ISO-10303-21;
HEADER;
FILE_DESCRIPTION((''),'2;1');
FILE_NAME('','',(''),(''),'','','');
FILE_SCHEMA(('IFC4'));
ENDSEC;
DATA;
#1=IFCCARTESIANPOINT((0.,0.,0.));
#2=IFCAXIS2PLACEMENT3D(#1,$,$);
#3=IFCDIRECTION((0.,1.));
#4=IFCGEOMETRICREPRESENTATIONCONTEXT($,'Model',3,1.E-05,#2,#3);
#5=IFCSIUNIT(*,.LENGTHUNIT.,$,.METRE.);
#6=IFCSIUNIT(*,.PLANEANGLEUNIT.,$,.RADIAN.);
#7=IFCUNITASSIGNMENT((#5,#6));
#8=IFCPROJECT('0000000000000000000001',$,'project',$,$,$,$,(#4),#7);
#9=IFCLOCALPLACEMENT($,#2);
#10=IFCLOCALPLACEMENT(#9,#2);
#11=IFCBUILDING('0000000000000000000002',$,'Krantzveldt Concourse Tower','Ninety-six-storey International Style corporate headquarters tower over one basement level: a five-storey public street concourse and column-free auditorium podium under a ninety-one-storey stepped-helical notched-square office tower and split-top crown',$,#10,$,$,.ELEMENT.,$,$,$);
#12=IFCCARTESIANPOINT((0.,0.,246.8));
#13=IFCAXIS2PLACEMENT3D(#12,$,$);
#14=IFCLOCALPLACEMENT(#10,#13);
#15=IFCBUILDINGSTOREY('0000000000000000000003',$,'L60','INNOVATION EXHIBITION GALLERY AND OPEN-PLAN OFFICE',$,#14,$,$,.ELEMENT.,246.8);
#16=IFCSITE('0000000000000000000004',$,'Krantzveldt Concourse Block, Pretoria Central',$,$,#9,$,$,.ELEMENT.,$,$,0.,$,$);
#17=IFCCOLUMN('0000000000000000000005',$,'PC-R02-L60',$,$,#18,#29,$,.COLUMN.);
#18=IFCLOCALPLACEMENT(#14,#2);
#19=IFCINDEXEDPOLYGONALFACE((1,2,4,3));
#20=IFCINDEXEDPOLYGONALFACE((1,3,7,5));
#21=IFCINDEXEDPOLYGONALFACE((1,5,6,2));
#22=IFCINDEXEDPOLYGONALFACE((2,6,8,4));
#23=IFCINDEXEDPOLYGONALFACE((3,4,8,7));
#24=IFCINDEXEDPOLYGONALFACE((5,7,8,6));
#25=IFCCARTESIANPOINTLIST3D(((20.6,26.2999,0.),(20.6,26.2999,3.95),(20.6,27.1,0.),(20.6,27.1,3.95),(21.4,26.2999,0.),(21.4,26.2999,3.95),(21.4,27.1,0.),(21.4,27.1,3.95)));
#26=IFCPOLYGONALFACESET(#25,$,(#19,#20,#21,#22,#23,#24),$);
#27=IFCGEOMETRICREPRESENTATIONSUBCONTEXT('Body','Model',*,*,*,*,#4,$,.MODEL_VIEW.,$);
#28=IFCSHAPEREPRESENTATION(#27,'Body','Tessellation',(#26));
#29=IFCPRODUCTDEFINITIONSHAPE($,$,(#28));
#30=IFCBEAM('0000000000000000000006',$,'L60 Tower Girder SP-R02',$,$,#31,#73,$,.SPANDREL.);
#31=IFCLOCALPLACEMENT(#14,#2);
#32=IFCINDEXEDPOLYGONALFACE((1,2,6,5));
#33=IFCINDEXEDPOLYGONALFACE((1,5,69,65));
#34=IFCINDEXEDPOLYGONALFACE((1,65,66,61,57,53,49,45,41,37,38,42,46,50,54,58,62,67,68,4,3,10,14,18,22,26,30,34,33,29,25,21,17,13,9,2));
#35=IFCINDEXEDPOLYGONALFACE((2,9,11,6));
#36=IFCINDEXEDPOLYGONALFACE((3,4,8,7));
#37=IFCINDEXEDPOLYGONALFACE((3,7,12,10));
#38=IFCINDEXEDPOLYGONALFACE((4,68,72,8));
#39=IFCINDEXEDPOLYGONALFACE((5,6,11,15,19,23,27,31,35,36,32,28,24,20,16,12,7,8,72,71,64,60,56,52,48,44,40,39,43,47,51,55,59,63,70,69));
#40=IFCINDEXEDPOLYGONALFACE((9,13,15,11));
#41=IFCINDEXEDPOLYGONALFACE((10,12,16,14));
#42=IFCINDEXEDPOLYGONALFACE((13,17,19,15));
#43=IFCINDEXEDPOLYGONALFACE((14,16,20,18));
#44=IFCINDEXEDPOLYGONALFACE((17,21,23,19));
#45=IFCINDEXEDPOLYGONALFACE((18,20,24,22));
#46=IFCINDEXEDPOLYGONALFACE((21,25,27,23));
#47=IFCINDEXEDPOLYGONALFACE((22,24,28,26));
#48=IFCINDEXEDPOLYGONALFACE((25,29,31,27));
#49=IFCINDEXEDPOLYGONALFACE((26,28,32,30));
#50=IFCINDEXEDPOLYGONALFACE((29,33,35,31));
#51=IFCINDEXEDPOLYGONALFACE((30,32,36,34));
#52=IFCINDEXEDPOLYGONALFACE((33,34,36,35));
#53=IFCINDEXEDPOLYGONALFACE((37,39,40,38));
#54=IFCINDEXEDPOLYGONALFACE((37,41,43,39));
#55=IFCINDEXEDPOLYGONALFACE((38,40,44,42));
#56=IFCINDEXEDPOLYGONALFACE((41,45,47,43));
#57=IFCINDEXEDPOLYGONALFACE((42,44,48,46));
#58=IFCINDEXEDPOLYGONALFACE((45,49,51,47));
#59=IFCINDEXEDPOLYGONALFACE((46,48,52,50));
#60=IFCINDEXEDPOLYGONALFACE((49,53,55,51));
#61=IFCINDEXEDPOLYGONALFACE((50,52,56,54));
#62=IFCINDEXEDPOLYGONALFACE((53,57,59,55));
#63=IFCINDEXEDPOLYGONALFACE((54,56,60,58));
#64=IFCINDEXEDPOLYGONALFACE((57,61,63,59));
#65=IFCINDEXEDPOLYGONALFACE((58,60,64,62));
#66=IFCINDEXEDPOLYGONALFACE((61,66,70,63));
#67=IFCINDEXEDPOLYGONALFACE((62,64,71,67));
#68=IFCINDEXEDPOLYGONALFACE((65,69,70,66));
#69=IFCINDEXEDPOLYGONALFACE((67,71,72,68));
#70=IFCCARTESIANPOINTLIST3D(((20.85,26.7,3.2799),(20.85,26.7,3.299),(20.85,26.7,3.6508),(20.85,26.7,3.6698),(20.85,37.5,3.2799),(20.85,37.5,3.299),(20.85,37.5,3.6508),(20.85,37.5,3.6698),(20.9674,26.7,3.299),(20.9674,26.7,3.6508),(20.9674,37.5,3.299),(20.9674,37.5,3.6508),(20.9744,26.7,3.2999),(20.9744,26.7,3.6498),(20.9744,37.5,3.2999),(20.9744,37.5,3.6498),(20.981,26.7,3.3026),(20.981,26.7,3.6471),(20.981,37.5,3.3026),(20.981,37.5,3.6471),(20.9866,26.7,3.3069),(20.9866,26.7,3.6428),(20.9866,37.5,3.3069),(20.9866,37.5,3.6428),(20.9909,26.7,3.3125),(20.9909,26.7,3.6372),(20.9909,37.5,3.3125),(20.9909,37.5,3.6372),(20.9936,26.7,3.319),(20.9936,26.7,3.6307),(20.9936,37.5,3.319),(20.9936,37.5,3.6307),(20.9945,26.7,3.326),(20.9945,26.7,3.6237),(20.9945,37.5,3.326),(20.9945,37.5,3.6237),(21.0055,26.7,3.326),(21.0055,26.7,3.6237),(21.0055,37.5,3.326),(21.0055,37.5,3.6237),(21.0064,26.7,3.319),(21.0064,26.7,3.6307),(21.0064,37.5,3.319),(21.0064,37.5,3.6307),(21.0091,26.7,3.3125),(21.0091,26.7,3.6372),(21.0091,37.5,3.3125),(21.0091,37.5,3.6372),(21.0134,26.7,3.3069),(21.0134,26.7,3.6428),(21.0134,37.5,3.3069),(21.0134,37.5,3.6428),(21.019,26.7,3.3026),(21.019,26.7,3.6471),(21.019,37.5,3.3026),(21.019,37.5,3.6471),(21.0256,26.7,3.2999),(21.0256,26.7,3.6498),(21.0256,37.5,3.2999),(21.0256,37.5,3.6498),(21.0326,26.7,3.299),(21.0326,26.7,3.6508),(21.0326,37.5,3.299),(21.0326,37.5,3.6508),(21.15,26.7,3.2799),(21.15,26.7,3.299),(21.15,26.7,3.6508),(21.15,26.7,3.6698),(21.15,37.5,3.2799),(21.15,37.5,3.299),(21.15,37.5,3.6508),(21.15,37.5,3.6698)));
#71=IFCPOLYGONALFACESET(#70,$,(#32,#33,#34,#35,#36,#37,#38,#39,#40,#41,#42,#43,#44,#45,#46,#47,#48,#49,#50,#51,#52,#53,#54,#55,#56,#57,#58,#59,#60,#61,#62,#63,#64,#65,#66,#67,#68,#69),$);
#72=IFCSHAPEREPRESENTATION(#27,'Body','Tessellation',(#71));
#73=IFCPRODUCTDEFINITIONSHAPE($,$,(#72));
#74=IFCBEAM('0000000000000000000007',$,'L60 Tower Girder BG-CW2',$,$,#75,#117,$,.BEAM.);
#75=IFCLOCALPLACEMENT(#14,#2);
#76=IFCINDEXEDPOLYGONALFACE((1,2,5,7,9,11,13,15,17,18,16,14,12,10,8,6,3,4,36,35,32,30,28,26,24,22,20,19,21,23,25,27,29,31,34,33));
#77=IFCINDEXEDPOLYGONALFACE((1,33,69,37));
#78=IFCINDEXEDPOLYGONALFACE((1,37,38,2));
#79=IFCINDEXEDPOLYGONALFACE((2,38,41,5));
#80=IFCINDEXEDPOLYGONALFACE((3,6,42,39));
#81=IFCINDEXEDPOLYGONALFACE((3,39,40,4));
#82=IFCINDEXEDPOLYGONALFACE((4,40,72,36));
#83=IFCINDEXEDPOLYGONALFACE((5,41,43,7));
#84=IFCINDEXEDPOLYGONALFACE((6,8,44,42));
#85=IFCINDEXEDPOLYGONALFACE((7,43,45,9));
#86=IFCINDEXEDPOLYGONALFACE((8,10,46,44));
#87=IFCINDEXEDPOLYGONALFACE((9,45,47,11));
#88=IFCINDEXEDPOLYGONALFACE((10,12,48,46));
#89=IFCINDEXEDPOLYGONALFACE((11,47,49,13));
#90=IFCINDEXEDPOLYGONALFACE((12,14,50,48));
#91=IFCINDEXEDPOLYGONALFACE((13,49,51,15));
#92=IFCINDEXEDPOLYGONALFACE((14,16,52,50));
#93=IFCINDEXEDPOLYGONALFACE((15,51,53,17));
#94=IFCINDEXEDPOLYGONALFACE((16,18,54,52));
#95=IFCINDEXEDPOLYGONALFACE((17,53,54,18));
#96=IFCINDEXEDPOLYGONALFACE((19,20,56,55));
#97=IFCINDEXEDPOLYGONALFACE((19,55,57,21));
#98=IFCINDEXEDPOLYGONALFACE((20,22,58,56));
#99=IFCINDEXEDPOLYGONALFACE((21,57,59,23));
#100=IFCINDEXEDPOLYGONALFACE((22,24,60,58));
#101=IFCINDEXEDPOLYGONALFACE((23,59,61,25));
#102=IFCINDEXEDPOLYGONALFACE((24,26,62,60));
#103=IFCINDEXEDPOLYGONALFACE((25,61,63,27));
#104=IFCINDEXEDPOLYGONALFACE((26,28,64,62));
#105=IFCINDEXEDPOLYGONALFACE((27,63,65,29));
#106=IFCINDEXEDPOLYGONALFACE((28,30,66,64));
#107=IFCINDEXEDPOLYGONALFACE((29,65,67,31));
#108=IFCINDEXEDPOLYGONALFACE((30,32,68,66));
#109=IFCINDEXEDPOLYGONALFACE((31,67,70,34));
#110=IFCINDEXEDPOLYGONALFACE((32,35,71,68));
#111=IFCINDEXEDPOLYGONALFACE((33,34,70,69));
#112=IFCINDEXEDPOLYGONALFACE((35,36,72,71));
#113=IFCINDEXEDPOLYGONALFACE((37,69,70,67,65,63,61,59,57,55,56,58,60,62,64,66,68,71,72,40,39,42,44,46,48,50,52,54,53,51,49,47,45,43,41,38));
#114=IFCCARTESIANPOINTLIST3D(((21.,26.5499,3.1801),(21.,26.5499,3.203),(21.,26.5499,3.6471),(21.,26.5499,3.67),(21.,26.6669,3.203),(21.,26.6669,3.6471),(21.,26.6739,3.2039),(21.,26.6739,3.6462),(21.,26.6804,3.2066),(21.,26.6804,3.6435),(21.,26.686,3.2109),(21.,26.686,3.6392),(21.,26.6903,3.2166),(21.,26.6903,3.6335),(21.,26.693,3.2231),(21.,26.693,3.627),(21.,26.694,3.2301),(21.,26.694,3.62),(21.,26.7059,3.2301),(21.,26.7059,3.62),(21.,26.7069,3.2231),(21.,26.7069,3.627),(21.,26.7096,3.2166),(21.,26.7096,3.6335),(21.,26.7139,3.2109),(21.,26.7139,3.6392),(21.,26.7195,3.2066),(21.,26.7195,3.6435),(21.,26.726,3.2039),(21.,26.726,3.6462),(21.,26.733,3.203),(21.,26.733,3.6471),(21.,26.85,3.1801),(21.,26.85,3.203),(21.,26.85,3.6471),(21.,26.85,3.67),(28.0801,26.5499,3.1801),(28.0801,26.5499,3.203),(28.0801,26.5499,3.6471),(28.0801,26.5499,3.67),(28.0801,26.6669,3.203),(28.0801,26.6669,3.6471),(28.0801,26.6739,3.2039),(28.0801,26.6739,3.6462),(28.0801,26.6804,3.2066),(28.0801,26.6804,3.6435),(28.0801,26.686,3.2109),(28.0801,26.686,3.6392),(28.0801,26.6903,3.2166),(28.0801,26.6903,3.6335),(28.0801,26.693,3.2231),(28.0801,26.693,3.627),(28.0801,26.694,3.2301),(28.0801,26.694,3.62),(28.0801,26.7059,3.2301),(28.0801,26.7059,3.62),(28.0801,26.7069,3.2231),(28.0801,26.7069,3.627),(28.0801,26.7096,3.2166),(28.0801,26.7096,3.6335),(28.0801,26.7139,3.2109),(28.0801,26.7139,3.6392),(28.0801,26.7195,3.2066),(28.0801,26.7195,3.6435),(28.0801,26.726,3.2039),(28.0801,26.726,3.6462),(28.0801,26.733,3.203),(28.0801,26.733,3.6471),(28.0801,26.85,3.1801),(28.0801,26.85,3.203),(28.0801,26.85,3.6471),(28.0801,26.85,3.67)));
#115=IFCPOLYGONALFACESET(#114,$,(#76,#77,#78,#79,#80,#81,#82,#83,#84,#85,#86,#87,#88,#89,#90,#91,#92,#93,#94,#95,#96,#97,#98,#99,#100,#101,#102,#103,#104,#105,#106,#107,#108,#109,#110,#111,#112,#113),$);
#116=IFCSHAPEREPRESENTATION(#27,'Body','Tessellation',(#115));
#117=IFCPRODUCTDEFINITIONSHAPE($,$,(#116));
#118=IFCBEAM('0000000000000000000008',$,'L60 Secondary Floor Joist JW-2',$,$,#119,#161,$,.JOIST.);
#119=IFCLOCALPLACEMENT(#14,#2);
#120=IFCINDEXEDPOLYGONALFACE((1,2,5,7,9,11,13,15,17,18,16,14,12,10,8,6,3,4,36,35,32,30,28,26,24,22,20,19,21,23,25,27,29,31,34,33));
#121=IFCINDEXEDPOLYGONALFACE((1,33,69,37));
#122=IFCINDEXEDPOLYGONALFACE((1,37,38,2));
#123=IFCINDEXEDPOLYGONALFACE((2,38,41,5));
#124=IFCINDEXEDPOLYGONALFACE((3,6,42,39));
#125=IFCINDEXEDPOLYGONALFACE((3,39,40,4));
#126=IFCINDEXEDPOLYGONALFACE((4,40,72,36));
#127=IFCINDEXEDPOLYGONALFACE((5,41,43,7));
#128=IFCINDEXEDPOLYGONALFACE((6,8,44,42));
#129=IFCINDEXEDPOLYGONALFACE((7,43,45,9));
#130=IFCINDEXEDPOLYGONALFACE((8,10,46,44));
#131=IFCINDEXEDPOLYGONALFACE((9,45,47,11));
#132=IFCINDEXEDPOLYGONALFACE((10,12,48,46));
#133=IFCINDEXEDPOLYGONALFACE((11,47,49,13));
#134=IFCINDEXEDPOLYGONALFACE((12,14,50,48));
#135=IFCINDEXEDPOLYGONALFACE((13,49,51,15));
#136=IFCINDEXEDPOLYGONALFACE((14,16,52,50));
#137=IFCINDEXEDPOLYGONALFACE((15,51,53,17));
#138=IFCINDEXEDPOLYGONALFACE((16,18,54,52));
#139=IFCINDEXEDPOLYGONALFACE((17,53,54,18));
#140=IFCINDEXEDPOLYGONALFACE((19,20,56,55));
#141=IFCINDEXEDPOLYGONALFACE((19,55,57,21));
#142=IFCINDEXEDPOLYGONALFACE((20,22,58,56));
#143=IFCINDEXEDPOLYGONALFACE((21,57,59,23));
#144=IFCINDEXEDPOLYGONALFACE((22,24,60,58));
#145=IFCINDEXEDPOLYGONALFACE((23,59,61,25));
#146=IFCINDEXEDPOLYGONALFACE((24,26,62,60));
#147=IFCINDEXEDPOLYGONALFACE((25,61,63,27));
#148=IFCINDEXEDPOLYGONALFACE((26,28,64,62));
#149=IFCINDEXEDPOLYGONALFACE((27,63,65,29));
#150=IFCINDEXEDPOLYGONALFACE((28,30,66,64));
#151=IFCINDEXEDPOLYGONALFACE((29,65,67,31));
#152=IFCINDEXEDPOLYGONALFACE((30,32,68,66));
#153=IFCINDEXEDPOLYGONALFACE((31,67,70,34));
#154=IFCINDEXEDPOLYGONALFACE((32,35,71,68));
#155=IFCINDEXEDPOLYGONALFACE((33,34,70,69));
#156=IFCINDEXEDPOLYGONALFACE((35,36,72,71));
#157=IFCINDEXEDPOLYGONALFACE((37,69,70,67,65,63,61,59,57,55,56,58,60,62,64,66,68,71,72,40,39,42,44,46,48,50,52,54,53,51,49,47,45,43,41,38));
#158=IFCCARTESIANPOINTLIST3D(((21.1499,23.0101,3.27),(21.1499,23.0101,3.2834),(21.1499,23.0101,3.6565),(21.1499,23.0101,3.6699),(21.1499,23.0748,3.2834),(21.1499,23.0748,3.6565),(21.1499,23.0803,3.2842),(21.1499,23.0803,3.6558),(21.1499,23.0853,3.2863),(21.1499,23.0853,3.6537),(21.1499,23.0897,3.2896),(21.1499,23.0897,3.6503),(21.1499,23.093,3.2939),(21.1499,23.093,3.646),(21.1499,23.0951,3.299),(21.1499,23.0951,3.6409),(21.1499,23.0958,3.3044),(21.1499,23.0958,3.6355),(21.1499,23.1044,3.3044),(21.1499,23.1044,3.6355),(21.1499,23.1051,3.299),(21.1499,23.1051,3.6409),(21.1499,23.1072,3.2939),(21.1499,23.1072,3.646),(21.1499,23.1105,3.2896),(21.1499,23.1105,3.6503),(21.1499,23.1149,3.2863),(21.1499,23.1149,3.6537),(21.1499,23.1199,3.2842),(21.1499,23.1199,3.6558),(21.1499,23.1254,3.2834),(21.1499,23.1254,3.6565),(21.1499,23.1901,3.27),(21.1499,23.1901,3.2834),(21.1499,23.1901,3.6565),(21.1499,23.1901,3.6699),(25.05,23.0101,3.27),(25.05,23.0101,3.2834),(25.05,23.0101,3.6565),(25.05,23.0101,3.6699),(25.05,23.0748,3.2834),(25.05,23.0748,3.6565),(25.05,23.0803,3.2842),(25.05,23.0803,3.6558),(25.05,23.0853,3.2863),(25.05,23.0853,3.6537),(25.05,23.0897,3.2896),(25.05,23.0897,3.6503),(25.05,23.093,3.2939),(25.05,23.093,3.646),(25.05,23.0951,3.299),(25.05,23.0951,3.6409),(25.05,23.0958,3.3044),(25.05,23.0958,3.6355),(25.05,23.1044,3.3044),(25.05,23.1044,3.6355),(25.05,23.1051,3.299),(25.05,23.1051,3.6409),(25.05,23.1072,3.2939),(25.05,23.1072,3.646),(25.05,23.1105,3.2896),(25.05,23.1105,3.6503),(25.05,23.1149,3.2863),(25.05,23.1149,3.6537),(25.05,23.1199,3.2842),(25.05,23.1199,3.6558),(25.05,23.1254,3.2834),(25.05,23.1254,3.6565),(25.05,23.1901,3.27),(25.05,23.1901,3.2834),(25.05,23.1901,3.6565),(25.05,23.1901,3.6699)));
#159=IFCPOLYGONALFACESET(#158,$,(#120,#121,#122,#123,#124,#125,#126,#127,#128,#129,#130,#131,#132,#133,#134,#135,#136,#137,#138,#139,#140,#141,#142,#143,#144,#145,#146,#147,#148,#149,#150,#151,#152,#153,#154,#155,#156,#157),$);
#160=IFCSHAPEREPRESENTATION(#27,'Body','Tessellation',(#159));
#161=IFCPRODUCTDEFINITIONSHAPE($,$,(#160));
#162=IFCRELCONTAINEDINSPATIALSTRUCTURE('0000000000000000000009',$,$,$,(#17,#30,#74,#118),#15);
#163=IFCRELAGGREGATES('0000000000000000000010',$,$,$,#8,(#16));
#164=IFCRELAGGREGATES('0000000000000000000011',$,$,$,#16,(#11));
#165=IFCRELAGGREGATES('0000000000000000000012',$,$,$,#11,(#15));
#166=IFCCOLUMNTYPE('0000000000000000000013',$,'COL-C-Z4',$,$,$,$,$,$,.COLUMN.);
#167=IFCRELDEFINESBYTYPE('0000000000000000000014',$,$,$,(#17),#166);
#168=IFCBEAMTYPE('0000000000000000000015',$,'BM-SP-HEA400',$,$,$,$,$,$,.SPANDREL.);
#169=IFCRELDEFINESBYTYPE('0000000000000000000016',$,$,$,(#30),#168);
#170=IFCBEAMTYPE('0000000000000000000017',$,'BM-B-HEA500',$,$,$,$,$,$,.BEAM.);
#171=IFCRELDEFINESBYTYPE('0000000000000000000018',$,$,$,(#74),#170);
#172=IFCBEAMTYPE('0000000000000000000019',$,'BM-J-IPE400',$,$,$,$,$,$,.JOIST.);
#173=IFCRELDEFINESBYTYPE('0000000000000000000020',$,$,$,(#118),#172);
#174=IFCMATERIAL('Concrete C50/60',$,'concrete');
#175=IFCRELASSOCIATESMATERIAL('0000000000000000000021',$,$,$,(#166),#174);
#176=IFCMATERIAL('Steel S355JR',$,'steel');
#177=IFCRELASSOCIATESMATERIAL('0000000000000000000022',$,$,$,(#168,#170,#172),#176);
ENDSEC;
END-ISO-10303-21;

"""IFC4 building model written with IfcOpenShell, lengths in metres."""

from ifc_helpers import new_model, si_unit, direction, frame, origin, origin_2d, place, context, subcontext, project, spatial, rectangle, i_section, extrude, source, transform, mapped, material, material_profile, profile_set, type_object, type_shapes, element, save


model = new_model("IFC4")

# Units and contexts
model_context = context("Model", 3, precision=1e-05, world=origin(), true_north=direction((0.0, 1.0)))
body_context = subcontext(model_context, "Body", "Model", "MODEL_VIEW")
ifc_project = project(units=[si_unit("LENGTHUNIT", "METRE"), si_unit("PLANEANGLEUNIT", "RADIAN")], contexts=[model_context])

# Site, building, storey
site_placement = place(None, origin())
site = spatial("IfcSite", under=ifc_project, at=site_placement, Name="Krantzveldt Concourse Block, Pretoria Central", CompositionType="ELEMENT", RefElevation=0.0)
building_placement = place(site_placement, origin())
building = spatial("IfcBuilding", under=site, at=building_placement, Name="Krantzveldt Concourse Tower", Description="Ninety-six-storey International Style corporate headquarters tower over one basement level: a five-storey public street concourse and column-free auditorium podium under a ninety-one-storey stepped-helical notched-square office tower and split-top crown", CompositionType="ELEMENT")
storey_placement = place(building_placement, frame((0.0, 0.0, 246.8)))
storey = spatial("IfcBuildingStorey", under=building, at=storey_placement, Name="L60", Description="INNOVATION EXHIBITION GALLERY AND OPEN-PLAN OFFICE", CompositionType="ELEMENT", Elevation=246.8)

# Column
ifc_material_1 = material(Name="Concrete C50/60", Category="concrete")
ifc_material_profile_1 = material_profile(ifc_material_1, rectangle(XDim=0.8, YDim=0.8, at=origin_2d()), Name="Concrete C50/60", Category="concrete")
ifc_profile_set_1 = profile_set([ifc_material_profile_1], Name="Concrete C50/60 - RC 800x800")
column_type = type_object("IfcColumnType", Name="COL-C-Z4", PredefinedType="COLUMN", material=ifc_profile_set_1)
shared_shape_1 = source(origin(), body_context, "Body", "SweptSolid", [
    extrude(rectangle(XDim=0.8, YDim=0.8, at=origin_2d()), origin(), (0.0, 0.0, 1.0), 3.95),
])
type_shapes(column_type, [shared_shape_1])
column_placement = place(storey_placement, frame((21.0, 26.7, 0.0), z_axis=(0.0, 0.0, 1.0), x_axis=(1.0, 0.0, 0.0)))
element("IfcColumn", 1, at=column_placement, inside=storey, type_object=column_type, Name="PC-R02-L60", PredefinedType="COLUMN", context=body_context, shape_type="MappedRepresentation", body=[
    mapped(shared_shape_1, transform((0.0, 0.0, 0.0), x_axis=(1.0, 0.0, 0.0), y_axis=(0.0, 1.0, 0.0), z_axis=(0.0, 0.0, 1.0), scale=1.0)),
])

# Beams
ifc_material_2 = material(Name="Steel S355JR", Category="steel")
ifc_material_profile_2 = material_profile(ifc_material_2, i_section(OverallWidth=0.3, OverallDepth=0.3899, WebThickness=0.011, FlangeThickness=0.019, FilletRadius=0.0271, at=origin_2d()), Name="Steel S355JR", Category="steel")
ifc_profile_set_2 = profile_set([ifc_material_profile_2], Name="Steel S355JR - HEA 400")
beam_type_1 = type_object("IfcBeamType", Name="BM-SP-HEA400", PredefinedType="SPANDREL", material=ifc_profile_set_2)
shared_shape_2 = source(origin(), body_context, "Body", "SweptSolid", [
    extrude(i_section(OverallWidth=0.3, OverallDepth=0.3899, WebThickness=0.011, FlangeThickness=0.019, FilletRadius=0.0271, at=origin_2d()), origin(), (0.0, 0.0, 1.0), 10.8),
])
type_shapes(beam_type_1, [shared_shape_2])
beam_1_placement = place(storey_placement, frame((21.0, 26.7, 3.4749), z_axis=(0.0, 1.0, 0.0), x_axis=(-1.0, 0.0, 0.0)))
element("IfcBeam", 2, at=beam_1_placement, inside=storey, type_object=beam_type_1, Name="L60 Tower Girder SP-R02", PredefinedType="SPANDREL", context=body_context, shape_type="MappedRepresentation", body=[
    mapped(shared_shape_2, transform((0.0, 0.0, 0.0), x_axis=(1.0, 0.0, 0.0), y_axis=(0.0, 1.0, 0.0), z_axis=(0.0, 0.0, 1.0), scale=1.0)),
])
ifc_material_profile_3 = material_profile(ifc_material_2, i_section(OverallWidth=0.3, OverallDepth=0.49, WebThickness=0.012, FlangeThickness=0.0229, FilletRadius=0.0271, at=origin_2d()), Name="Steel S355JR", Category="steel")
ifc_profile_set_3 = profile_set([ifc_material_profile_3], Name="Steel S355JR - HEA 500")
beam_type_2 = type_object("IfcBeamType", Name="BM-B-HEA500", PredefinedType="BEAM", material=ifc_profile_set_3)
shared_shape_3 = source(origin(), body_context, "Body", "SweptSolid", [
    extrude(i_section(OverallWidth=0.3, OverallDepth=0.49, WebThickness=0.012, FlangeThickness=0.0229, FilletRadius=0.0271, at=origin_2d()), origin(), (0.0, 0.0, 1.0), 7.0801),
])
type_shapes(beam_type_2, [shared_shape_3])
beam_2_placement = place(storey_placement, frame((21.0, 26.7, 3.425), z_axis=(1.0, 0.0, 0.0), x_axis=(0.0, 1.0, 0.0)))
element("IfcBeam", 3, at=beam_2_placement, inside=storey, type_object=beam_type_2, Name="L60 Tower Girder BG-CW2", PredefinedType="BEAM", context=body_context, shape_type="MappedRepresentation", body=[
    mapped(shared_shape_3, transform((0.0, 0.0, 0.0), x_axis=(1.0, 0.0, 0.0), y_axis=(0.0, 1.0, 0.0), z_axis=(0.0, 0.0, 1.0), scale=1.0)),
])
ifc_material_profile_4 = material_profile(ifc_material_2, i_section(OverallWidth=0.1799, OverallDepth=0.3999, WebThickness=0.0085, FlangeThickness=0.0134, FilletRadius=0.021, at=origin_2d()), Name="Steel S355JR", Category="steel")
ifc_profile_set_4 = profile_set([ifc_material_profile_4], Name="Steel S355JR - IPE 400")
beam_type_3 = type_object("IfcBeamType", Name="BM-J-IPE400", PredefinedType="JOIST", material=ifc_profile_set_4)
shared_shape_4 = source(origin(), body_context, "Body", "SweptSolid", [
    extrude(i_section(OverallWidth=0.1799, OverallDepth=0.3999, WebThickness=0.0085, FlangeThickness=0.0134, FilletRadius=0.021, at=origin_2d()), origin(), (0.0, 0.0, 1.0), 3.9001),
])
type_shapes(beam_type_3, [shared_shape_4])
beam_3_placement = place(storey_placement, frame((21.1499, 23.1001, 3.47), z_axis=(1.0, 0.0, 0.0), x_axis=(0.0, 1.0, 0.0)))
element("IfcBeam", 4, at=beam_3_placement, inside=storey, type_object=beam_type_3, Name="L60 Secondary Floor Joist JW-2", PredefinedType="JOIST", context=body_context, shape_type="MappedRepresentation", body=[
    mapped(shared_shape_4, transform((0.0, 0.0, 0.0), x_axis=(1.0, 0.0, 0.0), y_axis=(0.0, 1.0, 0.0), z_axis=(0.0, 0.0, 1.0), scale=1.0)),
])

save(model, "model.ifc")
